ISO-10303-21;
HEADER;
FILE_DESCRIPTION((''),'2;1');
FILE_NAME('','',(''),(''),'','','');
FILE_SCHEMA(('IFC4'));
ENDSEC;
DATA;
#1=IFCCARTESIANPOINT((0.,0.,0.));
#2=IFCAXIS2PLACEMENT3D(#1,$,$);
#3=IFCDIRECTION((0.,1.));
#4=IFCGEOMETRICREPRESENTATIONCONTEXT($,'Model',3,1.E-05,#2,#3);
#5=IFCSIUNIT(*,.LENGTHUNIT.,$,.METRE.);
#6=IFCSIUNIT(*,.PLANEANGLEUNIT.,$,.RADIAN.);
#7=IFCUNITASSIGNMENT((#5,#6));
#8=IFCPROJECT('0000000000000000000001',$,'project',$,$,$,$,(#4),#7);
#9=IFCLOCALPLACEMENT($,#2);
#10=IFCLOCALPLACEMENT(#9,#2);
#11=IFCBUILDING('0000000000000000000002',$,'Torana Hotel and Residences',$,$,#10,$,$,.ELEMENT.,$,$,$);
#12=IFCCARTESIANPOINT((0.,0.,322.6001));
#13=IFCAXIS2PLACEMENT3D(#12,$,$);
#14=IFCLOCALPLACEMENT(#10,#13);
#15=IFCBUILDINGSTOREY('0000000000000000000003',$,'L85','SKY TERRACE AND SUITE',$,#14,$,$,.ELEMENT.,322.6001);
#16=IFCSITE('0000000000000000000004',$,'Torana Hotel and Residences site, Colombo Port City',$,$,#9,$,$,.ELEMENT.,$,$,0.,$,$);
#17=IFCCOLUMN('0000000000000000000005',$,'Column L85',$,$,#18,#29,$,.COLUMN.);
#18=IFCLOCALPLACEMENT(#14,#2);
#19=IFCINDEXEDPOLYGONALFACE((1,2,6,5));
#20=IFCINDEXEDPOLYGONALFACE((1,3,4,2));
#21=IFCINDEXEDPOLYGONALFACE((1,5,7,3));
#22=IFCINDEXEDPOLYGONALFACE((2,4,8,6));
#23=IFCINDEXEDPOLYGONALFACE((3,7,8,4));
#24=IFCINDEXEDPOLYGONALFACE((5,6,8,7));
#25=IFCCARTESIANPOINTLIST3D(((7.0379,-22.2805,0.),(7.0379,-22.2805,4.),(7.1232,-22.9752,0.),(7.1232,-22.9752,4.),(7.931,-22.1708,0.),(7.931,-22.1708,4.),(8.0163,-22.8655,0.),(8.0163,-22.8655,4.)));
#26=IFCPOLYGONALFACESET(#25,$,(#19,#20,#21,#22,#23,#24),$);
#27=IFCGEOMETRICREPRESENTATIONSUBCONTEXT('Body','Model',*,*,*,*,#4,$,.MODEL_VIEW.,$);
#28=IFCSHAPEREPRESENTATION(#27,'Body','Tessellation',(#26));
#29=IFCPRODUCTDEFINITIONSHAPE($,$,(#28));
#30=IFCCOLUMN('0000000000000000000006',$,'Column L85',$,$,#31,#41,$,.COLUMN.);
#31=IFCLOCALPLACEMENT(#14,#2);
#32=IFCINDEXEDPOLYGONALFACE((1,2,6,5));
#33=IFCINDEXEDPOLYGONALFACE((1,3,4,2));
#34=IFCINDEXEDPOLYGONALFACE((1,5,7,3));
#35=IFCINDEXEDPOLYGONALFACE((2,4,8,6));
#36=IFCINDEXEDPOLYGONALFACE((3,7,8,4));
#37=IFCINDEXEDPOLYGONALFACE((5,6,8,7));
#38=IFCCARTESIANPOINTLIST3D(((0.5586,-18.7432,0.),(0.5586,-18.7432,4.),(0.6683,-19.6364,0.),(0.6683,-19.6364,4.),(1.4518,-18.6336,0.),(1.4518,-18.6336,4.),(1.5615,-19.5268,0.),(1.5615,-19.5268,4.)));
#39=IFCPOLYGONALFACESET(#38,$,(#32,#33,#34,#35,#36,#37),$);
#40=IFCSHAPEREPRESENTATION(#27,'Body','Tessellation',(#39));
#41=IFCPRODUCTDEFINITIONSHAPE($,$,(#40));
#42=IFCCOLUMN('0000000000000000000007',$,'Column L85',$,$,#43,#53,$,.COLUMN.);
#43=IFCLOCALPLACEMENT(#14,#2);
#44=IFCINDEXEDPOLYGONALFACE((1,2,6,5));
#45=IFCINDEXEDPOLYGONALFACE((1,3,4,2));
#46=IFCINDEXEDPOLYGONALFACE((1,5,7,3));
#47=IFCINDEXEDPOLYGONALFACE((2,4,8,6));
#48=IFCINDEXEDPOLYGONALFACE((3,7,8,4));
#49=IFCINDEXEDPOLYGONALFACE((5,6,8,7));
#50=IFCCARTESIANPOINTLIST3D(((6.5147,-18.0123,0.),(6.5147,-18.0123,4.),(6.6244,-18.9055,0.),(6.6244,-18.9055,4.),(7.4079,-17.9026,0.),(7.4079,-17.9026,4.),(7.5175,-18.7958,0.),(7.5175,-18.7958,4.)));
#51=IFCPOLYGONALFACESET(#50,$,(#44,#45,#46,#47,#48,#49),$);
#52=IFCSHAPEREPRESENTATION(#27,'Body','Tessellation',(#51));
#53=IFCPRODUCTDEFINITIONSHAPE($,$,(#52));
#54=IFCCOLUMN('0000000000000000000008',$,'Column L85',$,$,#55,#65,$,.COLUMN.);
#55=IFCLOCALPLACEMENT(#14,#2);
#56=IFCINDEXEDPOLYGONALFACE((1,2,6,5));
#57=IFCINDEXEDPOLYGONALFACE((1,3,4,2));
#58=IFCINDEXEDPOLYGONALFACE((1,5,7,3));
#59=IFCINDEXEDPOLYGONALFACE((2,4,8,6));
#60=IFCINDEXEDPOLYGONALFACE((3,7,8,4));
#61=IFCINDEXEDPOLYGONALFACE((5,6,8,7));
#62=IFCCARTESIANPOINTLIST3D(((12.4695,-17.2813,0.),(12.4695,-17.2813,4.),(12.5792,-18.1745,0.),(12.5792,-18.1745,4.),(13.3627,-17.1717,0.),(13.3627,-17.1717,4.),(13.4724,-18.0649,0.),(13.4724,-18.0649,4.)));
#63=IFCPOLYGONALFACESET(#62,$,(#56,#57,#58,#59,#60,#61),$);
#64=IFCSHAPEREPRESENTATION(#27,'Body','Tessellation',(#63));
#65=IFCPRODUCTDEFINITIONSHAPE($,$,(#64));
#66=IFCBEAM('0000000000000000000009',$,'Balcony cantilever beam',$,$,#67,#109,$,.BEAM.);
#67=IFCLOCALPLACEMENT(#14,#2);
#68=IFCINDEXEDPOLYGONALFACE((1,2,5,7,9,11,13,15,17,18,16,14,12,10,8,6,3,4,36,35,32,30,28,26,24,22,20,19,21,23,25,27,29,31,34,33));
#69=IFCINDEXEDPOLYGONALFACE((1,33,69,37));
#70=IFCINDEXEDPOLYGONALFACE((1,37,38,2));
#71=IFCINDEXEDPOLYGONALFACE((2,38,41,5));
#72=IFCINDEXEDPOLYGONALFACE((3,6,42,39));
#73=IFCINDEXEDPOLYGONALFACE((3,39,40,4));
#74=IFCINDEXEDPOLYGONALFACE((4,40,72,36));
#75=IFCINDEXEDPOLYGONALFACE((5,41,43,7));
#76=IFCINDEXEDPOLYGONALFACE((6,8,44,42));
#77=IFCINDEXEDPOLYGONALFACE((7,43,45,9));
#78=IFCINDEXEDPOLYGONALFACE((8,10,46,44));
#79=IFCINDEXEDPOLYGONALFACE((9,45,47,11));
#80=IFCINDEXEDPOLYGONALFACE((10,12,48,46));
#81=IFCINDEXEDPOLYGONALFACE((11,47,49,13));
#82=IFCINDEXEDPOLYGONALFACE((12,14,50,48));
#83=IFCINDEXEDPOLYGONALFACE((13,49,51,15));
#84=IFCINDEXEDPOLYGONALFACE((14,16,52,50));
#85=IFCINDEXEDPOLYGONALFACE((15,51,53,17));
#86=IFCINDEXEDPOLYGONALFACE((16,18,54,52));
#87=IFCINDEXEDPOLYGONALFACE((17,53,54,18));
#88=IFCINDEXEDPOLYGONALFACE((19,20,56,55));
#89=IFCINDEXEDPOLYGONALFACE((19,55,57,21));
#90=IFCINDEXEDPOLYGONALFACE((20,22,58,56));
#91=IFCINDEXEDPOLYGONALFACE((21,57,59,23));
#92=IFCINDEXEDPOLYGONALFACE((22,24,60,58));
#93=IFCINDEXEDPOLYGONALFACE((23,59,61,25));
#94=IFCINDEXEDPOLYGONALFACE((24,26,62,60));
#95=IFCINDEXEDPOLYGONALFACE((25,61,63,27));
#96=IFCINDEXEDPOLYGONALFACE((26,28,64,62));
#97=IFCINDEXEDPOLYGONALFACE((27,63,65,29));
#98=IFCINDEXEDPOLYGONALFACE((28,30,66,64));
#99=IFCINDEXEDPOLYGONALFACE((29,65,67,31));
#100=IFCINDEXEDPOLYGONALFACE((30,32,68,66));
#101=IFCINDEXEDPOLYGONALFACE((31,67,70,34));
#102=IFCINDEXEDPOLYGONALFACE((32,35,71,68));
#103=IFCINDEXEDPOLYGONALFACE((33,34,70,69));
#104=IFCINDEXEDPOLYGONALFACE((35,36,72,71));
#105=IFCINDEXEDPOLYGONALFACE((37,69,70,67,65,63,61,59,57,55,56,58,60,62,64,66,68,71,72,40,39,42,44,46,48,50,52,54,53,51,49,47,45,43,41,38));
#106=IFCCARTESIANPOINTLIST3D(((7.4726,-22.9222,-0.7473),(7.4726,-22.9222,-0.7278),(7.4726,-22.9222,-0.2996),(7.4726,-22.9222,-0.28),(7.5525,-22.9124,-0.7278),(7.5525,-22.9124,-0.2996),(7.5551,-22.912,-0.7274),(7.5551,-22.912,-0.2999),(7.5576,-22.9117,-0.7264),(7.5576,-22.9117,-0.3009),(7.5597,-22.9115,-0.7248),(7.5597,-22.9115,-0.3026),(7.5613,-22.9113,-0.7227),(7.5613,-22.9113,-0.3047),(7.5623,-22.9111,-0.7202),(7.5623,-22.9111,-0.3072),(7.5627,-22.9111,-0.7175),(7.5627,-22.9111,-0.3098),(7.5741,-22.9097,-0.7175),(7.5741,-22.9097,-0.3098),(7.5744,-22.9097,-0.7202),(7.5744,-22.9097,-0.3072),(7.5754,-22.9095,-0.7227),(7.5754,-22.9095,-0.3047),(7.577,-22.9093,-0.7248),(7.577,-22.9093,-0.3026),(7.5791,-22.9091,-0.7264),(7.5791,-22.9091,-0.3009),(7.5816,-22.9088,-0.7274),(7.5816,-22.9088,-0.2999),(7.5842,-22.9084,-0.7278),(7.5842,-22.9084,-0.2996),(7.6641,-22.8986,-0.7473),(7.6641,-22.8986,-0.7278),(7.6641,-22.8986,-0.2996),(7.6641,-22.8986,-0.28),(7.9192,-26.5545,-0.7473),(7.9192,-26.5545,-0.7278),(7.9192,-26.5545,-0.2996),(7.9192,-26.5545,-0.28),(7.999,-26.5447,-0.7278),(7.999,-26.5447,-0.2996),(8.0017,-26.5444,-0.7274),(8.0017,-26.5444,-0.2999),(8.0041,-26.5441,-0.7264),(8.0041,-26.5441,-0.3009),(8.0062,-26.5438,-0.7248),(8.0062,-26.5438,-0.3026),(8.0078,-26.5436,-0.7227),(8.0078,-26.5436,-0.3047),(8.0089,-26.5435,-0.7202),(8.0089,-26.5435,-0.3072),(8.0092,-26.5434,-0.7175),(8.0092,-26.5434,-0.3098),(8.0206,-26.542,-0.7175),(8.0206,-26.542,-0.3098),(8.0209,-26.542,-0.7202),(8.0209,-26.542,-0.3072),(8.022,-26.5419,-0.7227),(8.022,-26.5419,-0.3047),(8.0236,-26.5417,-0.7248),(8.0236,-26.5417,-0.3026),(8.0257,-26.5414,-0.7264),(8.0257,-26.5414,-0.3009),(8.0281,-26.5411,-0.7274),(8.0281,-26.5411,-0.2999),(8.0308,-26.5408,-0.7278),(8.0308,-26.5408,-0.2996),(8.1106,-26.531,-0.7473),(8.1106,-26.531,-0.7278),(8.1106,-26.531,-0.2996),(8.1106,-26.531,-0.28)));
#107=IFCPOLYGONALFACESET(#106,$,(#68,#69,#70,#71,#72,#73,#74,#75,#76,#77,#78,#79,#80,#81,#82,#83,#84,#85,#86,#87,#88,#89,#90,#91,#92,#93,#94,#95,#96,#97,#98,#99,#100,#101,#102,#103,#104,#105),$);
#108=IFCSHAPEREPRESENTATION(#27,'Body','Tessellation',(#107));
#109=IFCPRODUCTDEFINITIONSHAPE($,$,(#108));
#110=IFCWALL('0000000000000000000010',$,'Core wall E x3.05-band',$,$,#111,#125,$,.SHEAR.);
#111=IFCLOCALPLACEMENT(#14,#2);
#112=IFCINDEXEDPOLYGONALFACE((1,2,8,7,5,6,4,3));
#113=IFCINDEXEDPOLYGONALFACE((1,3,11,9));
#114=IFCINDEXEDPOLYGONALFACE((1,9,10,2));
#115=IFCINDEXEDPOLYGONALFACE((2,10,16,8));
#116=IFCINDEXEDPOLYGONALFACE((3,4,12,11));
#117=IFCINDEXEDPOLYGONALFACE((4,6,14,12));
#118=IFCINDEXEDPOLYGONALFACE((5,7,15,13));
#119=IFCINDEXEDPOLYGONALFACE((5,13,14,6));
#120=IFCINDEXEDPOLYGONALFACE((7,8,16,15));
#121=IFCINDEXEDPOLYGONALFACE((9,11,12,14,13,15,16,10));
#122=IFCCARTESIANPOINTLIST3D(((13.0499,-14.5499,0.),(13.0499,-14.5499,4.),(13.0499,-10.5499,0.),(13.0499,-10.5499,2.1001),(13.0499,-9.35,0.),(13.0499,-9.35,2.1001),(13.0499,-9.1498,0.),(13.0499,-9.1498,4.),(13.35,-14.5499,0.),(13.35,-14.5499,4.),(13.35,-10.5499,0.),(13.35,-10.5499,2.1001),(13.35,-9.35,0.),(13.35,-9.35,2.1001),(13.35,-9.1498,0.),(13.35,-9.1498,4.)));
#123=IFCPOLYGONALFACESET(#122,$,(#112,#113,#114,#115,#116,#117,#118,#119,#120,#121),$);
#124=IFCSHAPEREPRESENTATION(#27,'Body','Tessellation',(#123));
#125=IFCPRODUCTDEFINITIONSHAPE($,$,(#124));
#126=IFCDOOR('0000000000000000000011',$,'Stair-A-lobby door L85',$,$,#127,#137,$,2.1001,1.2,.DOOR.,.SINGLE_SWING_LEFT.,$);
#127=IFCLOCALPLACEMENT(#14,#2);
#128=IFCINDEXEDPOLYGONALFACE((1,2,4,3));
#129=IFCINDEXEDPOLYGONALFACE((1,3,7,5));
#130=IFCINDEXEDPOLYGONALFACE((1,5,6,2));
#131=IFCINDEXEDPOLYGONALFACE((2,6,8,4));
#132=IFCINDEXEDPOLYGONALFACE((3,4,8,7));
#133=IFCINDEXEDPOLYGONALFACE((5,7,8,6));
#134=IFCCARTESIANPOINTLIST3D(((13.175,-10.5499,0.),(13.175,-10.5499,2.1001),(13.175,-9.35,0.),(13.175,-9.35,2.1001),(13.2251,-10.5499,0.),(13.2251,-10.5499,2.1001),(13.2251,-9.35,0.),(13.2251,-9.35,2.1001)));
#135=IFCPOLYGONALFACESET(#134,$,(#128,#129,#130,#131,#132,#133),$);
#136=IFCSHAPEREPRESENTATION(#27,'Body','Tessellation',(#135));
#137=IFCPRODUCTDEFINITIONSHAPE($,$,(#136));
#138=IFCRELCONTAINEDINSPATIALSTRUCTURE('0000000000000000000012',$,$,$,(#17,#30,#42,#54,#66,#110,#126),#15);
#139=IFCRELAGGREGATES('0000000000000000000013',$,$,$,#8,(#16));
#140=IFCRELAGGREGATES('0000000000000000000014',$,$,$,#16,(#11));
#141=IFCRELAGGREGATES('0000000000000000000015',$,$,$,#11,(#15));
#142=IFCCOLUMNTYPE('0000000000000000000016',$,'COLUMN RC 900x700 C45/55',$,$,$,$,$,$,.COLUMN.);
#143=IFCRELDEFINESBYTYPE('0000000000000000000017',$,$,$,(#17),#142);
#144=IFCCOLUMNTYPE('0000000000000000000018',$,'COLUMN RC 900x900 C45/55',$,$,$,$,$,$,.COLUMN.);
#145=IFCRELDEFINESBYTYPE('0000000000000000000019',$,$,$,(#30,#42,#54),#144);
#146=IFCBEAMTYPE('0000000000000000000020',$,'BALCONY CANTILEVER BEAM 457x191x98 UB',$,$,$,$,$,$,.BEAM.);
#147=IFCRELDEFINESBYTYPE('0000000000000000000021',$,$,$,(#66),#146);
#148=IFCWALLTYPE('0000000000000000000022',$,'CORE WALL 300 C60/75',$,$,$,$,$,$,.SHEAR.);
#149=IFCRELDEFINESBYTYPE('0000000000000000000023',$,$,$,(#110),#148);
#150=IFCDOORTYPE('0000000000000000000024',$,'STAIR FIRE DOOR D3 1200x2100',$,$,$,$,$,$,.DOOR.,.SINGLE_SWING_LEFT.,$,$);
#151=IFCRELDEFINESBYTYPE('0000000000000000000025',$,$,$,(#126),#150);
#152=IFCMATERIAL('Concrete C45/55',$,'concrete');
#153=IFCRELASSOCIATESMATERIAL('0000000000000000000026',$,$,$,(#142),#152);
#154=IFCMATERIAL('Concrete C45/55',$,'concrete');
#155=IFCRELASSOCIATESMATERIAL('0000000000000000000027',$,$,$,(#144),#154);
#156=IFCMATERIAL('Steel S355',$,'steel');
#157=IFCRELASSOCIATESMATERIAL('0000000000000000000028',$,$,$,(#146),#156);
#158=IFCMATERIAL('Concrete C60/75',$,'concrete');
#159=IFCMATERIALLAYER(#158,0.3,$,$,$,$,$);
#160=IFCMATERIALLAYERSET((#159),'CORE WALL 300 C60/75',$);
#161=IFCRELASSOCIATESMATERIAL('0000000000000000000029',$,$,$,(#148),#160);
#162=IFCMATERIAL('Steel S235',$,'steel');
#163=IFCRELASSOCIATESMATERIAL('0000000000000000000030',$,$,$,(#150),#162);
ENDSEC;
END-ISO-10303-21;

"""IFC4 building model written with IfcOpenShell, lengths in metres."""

from ifc_helpers import new_model, si_unit, direction, frame, frame_2d, origin, origin_2d, place, context, subcontext, project, spatial, rectangle, i_section, extrude, material, layer, layer_set, material_profile, profile_set, type_object, element, fill, save


model = new_model("IFC4")

# Units and contexts
model_context = context("Model", 3, precision=1e-05, world=origin(), true_north=direction((0.0, 1.0)))
body_context = subcontext(model_context, "Body", "Model", "MODEL_VIEW")
ifc_project = project(units=[si_unit("LENGTHUNIT", "METRE"), si_unit("PLANEANGLEUNIT", "RADIAN")], contexts=[model_context])

# Site, building, storey
site_placement = place(None, origin())
site = spatial("IfcSite", under=ifc_project, at=site_placement, Name="Torana Hotel and Residences site, Colombo Port City", CompositionType="ELEMENT", RefElevation=0.0)
building_placement = place(site_placement, origin())
building = spatial("IfcBuilding", under=site, at=building_placement, Name="Torana Hotel and Residences", CompositionType="ELEMENT")
storey_placement = place(building_placement, frame((0.0, 0.0, 322.6001)))
storey = spatial("IfcBuildingStorey", under=building, at=storey_placement, Name="L85", Description="SKY TERRACE AND SUITE", CompositionType="ELEMENT", Elevation=322.6001)

# Columns
ifc_material_1 = material(Name="Concrete C45/55", Category="concrete")
ifc_material_profile_1 = material_profile(ifc_material_1, rectangle(XDim=0.8999, YDim=0.7, at=origin_2d()), Name="RC 900x700")
ifc_profile_set_1 = profile_set([ifc_material_profile_1], Name="Concrete C45/55")
column_type_1 = type_object("IfcColumnType", Name="COLUMN RC 900x700 C45/55", PredefinedType="COLUMN", material=ifc_profile_set_1)
column_placement = place(storey_placement, frame((7.5271, -22.573, 0.0), z_axis=(0.0, 0.0, 1.0), x_axis=(0.992546, 0.121869, 0.0)))
element("IfcColumn", 1, at=column_placement, inside=storey, type_object=column_type_1, Name="Column L85", PredefinedType="COLUMN", context=body_context, shape_type="SweptSolid", body=[
    extrude(rectangle(XDim=0.8999, YDim=0.7, at=origin_2d()), origin(), (0.0, 0.0, 1.0), 4.0),
])
ifc_material_2 = material(Name="Concrete C45/55", Category="concrete")
ifc_material_profile_2 = material_profile(ifc_material_2, rectangle(XDim=0.8999, YDim=0.8999, at=origin_2d()), Name="RC 900x900")
ifc_profile_set_2 = profile_set([ifc_material_profile_2], Name="Concrete C45/55")
column_type_2 = type_object("IfcColumnType", Name="COLUMN RC 900x900 C45/55", PredefinedType="COLUMN", material=ifc_profile_set_2)
for number, where, z_axis, x_axis, name in (
    (2, (1.0601, -19.135, 0.0), (0.0, 0.0, 1.0), (0.992546, 0.121869, 0.0), "Column L85"),
    (3, (7.0161, -18.4041, 0.0), (0.0, 0.0, 1.0), (0.992546, 0.121869, 0.0), "Column L85"),
    (4, (12.9709, -17.6731, 0.0), (0.0, 0.0, 1.0), (0.992546, 0.121869, 0.0), "Column L85"),
):
    element("IfcColumn", number, at=place(storey_placement, frame(where, z_axis=z_axis, x_axis=x_axis)), inside=storey, type_object=column_type_2, Name=name, PredefinedType="COLUMN", context=body_context, shape_type="SweptSolid", body=[
        extrude(rectangle(XDim=0.8999, YDim=0.8999, at=origin_2d()), origin(), (0.0, 0.0, 1.0), 4.0),
    ])

# Beam
ifc_material_3 = material(Name="Steel S355", Category="steel")
ifc_material_profile_3 = material_profile(ifc_material_3, i_section(OverallWidth=0.1929, OverallDepth=0.4673, WebThickness=0.0115, FlangeThickness=0.0195, FilletRadius=0.0103, at=origin_2d()), Name="457x191x98 UB")
ifc_profile_set_3 = profile_set([ifc_material_profile_3], Name="Steel S355")
beam_type = type_object("IfcBeamType", Name="BALCONY CANTILEVER BEAM 457x191x98 UB", PredefinedType="BEAM", material=ifc_profile_set_3)
beam_placement = place(storey_placement, frame((7.5684, -22.9104, -0.5137), z_axis=(0.122015, -0.992528, 0.0), x_axis=(0.992528, 0.122015, 0.0)))
element("IfcBeam", 5, at=beam_placement, inside=storey, type_object=beam_type, Name="Balcony cantilever beam", PredefinedType="BEAM", context=body_context, shape_type="SweptSolid", body=[
    extrude(i_section(OverallWidth=0.1929, OverallDepth=0.4673, WebThickness=0.0115, FlangeThickness=0.0195, FilletRadius=0.0103, at=origin_2d()), origin(), (0.0, 0.0, 1.0), 3.6597),
])

# Wall, opening, door
ifc_material_4 = material(Name="Concrete C60/75", Category="concrete")
ifc_layer_1 = layer(ifc_material_4, 0.3)
ifc_layer_set_1 = layer_set([ifc_layer_1], Name="CORE WALL 300 C60/75")
wall_type_1 = type_object("IfcWallType", Name="CORE WALL 300 C60/75", PredefinedType="SHEAR", material=ifc_layer_set_1)
wall_1_placement = place(storey_placement, frame((13.2, -14.55, 0.0), z_axis=(0.0, 0.0, 1.0), x_axis=(0.0, 1.0, 0.0)))
wall_1 = element("IfcWall", 6, at=wall_1_placement, inside=storey, type_object=wall_type_1, Name="Core wall E x3.05-band", PredefinedType="SHEAR", context=body_context, shape_type="SweptSolid", body=[
    extrude(rectangle(XDim=5.4001, YDim=0.3, at=frame_2d((2.7002, 0.0))), origin(), (0.0, 0.0, 1.0), 4.0),
])
opening_1_placement = place(wall_1_placement, frame((4.0, 0.0, 0.0)))
opening_1 = element("IfcOpeningElement", 7, at=opening_1_placement, cuts=wall_1, PredefinedType="OPENING", context=body_context, shape_type="SweptSolid", body=[
    extrude(rectangle(XDim=1.2, YDim=2.1001, at=frame_2d((0.6001, 1.05))), frame((0.0, 0.1599, 0.0), z_axis=(0.0, -1.0, 0.0), x_axis=(1.0, 0.0, 0.0)), (0.0, 0.0, 1.0), 0.3201),
])
ifc_material_5 = material(Name="Steel S235", Category="steel")
door_type_1 = type_object("IfcDoorType", Name="STAIR FIRE DOOR D3 1200x2100", OperationType="SINGLE_SWING_LEFT", PredefinedType="DOOR", material=ifc_material_5)
door_1_placement = place(opening_1_placement, origin())
door_1 = element("IfcDoor", 8, at=door_1_placement, inside=storey, type_object=door_type_1, Name="Stair-A-lobby door L85", OperationType="SINGLE_SWING_LEFT", OverallHeight=2.1001, OverallWidth=1.2, PredefinedType="DOOR", context=body_context, shape_type="SweptSolid", body=[
    extrude(rectangle(XDim=1.2, YDim=2.1001, at=frame_2d((0.6001, 1.05))), frame((0.0, 0.0249, 0.0), z_axis=(0.0, -1.0, 0.0), x_axis=(1.0, 0.0, 0.0)), (0.0, 0.0, 1.0), 0.05),
])
fill(opening_1, door_1)

save(model, "model.ifc")
